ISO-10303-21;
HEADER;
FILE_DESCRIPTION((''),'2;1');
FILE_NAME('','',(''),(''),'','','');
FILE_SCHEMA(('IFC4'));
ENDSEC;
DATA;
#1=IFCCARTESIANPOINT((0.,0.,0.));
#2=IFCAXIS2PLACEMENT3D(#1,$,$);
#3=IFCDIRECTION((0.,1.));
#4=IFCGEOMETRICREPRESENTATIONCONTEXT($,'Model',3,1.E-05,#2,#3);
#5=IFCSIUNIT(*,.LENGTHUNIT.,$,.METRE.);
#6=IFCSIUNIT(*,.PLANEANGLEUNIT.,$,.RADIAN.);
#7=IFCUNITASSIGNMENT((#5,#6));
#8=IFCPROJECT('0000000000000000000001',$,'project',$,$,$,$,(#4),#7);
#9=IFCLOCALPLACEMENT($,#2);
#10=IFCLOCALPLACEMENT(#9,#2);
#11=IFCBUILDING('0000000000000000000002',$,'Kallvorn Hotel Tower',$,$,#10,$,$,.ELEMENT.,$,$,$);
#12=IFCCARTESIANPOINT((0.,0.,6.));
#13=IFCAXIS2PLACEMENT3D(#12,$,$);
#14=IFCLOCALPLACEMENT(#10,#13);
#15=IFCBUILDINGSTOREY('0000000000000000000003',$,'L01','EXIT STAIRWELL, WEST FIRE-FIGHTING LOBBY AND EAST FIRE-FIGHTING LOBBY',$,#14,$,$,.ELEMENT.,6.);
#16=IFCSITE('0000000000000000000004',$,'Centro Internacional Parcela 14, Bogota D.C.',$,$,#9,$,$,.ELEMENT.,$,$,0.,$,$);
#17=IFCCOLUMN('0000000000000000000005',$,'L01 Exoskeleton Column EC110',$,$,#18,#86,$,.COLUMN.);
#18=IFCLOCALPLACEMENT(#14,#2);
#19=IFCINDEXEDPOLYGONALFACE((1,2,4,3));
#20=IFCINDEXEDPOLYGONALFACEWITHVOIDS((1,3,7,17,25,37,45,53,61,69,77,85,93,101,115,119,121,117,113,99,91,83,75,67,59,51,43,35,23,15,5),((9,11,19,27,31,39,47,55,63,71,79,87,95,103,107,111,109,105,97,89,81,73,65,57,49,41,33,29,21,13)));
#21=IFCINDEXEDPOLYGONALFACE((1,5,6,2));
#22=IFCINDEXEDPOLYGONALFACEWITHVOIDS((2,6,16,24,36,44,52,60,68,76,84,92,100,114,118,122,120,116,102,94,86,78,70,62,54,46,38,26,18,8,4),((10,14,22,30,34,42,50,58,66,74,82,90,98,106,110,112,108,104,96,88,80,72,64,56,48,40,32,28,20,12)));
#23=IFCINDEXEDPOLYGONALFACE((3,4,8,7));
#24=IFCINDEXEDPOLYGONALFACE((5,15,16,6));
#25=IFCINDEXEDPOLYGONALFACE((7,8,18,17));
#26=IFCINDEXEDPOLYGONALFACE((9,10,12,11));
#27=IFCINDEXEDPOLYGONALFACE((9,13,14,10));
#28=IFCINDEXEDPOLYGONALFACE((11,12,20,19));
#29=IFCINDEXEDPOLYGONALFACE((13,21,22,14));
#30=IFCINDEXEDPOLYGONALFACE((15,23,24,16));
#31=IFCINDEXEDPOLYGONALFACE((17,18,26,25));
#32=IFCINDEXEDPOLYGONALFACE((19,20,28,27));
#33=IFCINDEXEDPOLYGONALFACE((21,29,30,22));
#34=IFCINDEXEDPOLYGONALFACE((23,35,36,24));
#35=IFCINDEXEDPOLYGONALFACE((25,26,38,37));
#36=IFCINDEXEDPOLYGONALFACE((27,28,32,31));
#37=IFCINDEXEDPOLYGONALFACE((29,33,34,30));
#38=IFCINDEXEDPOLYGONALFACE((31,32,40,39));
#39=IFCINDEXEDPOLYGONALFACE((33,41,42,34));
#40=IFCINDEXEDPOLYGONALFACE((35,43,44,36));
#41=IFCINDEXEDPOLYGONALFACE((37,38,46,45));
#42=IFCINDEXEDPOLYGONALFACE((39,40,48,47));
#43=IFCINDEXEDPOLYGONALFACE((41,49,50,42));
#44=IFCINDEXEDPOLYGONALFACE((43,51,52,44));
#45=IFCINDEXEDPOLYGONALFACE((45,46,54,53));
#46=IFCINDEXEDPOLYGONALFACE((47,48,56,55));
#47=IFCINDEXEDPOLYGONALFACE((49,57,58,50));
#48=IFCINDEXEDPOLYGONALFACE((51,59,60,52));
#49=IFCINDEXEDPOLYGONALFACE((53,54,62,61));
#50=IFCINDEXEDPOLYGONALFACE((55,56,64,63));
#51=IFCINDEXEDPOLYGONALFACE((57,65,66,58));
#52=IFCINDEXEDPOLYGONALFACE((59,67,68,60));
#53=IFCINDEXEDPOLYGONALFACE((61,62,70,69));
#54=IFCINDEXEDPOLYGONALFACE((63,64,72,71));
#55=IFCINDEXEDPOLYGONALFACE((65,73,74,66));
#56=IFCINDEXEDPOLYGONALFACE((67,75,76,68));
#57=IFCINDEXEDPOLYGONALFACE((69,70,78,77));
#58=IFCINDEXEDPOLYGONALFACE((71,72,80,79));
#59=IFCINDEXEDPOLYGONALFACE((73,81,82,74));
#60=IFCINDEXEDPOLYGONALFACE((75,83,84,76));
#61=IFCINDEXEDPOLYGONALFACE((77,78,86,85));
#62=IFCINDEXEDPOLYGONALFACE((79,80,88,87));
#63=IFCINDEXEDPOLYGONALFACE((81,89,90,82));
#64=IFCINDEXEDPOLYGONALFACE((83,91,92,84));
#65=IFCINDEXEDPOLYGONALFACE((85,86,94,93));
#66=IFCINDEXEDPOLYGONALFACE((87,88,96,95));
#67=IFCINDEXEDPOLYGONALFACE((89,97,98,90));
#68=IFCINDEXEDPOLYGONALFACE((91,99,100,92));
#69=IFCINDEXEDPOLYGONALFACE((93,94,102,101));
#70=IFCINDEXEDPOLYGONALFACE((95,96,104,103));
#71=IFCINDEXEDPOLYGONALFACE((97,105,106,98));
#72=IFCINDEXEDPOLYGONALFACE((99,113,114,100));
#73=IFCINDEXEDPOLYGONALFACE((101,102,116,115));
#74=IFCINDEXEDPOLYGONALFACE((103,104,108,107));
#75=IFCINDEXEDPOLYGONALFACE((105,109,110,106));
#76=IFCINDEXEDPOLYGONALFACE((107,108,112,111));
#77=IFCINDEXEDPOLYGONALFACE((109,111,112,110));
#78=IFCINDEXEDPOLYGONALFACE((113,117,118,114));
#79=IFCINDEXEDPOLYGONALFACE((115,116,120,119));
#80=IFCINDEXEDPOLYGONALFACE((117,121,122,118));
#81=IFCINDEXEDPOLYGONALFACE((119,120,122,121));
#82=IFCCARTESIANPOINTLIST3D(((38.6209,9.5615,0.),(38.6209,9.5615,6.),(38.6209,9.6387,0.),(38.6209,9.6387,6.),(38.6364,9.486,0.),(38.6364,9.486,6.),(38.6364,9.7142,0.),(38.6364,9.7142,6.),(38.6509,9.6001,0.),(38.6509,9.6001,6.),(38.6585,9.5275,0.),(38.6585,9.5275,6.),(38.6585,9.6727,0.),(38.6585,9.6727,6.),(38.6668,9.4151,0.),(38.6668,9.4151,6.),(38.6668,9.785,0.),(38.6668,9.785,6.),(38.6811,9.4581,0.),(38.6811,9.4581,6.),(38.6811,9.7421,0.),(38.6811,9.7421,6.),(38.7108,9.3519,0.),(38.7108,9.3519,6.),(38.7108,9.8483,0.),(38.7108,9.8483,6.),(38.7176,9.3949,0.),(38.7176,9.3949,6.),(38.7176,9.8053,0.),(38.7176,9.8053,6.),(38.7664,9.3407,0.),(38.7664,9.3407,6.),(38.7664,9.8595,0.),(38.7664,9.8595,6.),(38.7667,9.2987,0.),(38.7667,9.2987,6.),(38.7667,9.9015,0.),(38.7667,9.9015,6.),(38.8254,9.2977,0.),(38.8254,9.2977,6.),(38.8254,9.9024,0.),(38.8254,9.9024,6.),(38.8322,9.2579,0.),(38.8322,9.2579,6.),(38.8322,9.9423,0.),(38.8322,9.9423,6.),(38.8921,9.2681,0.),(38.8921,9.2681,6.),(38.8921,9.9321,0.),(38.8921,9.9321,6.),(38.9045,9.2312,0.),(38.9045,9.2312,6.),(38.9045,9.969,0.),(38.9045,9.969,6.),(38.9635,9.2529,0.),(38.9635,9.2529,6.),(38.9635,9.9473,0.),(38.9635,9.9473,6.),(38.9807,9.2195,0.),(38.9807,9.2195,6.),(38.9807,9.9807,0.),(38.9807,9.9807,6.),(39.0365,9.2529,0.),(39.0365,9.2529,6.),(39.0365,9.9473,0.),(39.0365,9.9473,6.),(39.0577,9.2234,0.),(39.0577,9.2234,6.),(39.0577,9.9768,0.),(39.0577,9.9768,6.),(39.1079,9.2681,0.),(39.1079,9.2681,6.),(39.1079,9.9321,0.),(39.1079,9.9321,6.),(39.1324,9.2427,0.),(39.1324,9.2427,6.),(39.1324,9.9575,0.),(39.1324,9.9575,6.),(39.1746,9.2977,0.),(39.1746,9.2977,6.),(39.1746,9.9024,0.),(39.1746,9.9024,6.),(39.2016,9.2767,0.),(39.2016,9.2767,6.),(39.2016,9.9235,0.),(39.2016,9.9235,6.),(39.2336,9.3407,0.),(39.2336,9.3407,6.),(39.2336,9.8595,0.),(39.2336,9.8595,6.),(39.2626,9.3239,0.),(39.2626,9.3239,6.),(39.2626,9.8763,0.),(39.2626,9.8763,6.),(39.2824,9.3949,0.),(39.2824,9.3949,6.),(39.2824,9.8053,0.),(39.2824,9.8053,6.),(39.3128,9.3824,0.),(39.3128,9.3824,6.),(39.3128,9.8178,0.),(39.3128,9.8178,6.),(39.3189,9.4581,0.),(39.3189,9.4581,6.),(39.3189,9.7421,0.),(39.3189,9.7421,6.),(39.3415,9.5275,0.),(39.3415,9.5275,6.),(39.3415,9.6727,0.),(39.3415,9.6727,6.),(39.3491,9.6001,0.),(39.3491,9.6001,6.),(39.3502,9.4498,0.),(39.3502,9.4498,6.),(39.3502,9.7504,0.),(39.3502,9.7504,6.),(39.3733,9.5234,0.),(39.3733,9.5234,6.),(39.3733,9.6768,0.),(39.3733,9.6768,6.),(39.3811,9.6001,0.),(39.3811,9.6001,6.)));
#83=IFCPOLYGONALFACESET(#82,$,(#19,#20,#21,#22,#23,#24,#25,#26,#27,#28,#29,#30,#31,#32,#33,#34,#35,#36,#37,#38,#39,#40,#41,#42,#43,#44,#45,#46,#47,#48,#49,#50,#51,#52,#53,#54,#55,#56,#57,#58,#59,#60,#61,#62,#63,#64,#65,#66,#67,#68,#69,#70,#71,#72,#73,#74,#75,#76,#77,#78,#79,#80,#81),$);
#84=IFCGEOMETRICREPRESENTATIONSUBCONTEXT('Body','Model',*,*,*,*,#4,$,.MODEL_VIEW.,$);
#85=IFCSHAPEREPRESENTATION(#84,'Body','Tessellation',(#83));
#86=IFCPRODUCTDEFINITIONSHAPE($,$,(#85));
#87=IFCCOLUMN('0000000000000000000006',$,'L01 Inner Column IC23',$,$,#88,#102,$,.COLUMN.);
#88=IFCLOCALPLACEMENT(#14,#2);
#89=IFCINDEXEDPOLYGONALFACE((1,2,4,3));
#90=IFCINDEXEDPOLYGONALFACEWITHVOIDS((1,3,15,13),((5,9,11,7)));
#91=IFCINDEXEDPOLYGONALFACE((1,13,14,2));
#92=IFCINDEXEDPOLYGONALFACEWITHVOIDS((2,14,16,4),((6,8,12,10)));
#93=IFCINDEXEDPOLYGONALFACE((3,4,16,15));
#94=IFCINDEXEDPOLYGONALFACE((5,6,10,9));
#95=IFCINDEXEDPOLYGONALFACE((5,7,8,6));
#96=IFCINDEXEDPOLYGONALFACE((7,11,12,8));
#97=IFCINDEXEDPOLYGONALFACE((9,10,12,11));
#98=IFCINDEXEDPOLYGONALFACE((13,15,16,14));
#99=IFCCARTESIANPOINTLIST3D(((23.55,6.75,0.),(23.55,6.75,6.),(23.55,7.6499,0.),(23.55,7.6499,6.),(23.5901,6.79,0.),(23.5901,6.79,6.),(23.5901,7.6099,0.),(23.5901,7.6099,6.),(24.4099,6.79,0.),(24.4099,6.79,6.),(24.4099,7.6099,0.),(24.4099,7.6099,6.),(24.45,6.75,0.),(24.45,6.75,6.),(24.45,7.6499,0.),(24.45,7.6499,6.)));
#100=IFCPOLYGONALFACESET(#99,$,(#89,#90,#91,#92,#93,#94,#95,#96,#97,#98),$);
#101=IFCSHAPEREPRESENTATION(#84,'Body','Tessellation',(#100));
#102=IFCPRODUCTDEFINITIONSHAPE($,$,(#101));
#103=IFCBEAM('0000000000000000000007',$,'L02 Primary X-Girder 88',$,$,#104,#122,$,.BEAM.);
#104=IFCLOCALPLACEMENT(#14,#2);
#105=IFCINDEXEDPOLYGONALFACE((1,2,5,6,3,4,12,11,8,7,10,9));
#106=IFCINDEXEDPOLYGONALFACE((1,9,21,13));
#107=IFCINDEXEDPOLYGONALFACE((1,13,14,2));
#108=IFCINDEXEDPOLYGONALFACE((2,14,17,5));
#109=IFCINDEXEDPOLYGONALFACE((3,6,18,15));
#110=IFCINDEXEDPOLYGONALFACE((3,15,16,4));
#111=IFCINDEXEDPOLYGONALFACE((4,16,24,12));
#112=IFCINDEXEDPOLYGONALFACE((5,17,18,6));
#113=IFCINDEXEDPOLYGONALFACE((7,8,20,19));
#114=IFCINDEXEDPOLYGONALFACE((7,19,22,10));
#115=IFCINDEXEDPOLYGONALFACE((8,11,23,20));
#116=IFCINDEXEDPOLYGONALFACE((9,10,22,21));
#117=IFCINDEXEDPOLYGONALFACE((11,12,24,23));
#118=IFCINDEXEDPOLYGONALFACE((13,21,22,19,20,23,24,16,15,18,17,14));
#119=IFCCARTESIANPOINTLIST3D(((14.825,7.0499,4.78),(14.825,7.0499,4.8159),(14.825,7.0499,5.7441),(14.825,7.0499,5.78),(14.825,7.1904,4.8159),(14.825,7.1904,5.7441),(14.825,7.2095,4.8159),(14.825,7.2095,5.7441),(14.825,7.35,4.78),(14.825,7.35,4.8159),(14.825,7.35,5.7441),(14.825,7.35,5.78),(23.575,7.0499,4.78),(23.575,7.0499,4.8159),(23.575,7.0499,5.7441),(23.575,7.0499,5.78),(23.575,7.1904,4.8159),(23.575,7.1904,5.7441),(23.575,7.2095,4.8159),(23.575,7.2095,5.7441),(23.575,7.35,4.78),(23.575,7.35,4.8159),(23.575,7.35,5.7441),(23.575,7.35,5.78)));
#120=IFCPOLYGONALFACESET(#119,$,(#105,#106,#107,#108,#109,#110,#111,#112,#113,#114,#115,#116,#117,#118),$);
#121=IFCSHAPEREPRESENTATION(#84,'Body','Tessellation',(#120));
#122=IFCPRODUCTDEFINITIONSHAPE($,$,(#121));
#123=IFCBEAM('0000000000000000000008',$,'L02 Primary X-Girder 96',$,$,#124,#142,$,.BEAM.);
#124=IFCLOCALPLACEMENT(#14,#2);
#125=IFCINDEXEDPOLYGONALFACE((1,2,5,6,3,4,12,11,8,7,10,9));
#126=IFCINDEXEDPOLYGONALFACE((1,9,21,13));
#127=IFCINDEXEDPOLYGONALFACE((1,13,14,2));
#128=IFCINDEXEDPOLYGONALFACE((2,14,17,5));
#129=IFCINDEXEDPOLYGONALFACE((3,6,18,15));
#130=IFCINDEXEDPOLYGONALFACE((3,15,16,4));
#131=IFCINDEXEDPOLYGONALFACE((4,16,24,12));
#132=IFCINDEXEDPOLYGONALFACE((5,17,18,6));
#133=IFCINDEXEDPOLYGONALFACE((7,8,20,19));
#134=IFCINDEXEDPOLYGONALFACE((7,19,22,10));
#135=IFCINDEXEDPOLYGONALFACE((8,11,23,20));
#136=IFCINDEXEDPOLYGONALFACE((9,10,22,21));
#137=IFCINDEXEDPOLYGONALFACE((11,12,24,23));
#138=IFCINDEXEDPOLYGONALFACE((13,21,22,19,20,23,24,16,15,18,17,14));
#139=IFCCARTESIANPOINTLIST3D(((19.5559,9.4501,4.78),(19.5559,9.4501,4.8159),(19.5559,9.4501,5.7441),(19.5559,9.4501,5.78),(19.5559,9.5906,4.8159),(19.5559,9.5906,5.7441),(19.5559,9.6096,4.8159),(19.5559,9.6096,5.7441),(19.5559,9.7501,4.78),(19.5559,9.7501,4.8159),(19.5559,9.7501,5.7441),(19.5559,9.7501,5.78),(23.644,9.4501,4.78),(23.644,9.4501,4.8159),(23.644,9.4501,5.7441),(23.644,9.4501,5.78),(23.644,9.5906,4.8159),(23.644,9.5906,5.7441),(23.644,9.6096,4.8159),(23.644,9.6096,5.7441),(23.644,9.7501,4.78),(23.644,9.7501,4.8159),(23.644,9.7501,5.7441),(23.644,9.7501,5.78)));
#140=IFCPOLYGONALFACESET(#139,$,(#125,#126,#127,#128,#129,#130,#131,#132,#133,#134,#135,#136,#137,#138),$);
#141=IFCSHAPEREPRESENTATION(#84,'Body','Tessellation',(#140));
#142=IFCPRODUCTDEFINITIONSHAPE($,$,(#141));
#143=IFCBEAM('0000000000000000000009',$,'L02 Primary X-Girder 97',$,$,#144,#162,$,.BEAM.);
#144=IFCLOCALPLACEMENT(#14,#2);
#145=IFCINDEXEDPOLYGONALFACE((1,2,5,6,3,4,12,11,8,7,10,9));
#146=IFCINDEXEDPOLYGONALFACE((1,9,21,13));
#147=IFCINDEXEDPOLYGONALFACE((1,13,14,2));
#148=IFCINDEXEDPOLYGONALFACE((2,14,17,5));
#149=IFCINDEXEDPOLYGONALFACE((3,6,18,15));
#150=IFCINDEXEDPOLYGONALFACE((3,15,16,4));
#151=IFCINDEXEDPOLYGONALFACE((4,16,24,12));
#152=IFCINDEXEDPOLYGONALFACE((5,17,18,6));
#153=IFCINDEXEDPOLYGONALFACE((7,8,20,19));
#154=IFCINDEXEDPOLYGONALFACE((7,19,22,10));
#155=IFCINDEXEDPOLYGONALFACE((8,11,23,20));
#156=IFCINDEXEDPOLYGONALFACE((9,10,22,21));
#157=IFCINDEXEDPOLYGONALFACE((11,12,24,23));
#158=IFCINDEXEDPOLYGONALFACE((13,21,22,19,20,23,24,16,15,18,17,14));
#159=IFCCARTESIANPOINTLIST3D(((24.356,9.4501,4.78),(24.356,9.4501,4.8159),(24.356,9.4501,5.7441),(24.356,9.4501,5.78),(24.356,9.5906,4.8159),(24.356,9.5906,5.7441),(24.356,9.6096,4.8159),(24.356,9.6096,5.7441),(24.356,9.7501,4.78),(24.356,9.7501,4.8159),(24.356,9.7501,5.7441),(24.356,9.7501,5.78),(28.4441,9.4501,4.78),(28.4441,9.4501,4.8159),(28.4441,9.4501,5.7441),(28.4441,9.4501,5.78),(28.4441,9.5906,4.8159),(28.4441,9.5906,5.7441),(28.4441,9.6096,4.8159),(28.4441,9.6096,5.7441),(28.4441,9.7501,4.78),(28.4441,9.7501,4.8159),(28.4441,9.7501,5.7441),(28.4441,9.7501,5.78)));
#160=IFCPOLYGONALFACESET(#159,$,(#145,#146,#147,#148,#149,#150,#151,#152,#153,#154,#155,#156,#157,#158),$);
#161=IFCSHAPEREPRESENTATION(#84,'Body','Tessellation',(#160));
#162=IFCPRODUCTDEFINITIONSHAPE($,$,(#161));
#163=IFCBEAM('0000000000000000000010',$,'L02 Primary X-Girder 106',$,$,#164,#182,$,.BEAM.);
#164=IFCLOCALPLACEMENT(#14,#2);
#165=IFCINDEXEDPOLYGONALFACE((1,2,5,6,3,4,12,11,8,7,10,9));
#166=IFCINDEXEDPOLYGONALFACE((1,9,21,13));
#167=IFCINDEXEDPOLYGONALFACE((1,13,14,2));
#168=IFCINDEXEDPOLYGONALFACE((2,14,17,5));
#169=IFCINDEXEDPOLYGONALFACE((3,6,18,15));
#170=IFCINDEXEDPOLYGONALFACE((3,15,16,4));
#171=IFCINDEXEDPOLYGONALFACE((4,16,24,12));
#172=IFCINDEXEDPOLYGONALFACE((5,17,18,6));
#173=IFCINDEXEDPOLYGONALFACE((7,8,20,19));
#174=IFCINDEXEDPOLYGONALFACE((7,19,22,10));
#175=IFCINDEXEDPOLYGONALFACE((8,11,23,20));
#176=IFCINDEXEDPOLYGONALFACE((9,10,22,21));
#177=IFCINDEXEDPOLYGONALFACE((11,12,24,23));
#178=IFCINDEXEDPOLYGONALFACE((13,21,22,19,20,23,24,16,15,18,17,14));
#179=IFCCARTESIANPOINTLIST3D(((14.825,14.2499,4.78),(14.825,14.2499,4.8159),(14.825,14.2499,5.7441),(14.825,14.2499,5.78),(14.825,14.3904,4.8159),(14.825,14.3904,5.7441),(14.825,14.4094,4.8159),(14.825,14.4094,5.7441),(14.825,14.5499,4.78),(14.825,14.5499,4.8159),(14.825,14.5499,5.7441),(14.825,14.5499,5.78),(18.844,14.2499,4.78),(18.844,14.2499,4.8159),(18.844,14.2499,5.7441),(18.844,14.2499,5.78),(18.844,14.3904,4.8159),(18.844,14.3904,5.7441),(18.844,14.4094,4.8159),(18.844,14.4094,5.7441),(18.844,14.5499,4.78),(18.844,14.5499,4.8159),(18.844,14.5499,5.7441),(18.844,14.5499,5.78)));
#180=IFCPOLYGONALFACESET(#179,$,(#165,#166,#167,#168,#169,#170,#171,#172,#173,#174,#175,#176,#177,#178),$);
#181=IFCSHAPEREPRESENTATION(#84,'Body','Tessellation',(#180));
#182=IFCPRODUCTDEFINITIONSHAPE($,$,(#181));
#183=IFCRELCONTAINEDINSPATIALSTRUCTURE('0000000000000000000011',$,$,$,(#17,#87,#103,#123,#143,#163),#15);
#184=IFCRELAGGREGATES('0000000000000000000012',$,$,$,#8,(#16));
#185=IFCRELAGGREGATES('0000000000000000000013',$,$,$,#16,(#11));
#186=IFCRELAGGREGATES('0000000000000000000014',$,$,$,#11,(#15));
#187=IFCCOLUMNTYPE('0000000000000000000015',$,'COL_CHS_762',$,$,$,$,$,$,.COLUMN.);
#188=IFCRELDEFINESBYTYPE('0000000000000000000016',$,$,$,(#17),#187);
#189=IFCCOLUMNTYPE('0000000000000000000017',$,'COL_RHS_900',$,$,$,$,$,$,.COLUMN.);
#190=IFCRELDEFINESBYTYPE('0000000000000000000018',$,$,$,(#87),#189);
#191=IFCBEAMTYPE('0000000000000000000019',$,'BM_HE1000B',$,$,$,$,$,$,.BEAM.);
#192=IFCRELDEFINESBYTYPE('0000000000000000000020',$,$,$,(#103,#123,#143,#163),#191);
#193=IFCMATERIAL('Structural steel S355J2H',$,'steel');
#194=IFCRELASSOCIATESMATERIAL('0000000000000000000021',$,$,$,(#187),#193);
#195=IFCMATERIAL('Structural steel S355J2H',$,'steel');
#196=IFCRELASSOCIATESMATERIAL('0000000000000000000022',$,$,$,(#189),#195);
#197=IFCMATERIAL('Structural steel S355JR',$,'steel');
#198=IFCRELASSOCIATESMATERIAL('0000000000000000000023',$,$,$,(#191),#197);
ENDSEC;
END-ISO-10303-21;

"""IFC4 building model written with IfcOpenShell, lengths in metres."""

from ifc_helpers import new_model, si_unit, direction, frame, origin, origin_2d, place, context, subcontext, project, spatial, hollow_rectangle, hollow_circle, i_section, extrude, material, material_profile, profile_set, type_object, element, save


model = new_model("IFC4")

# Units and contexts
model_context = context("Model", 3, precision=1e-05, world=origin(), true_north=direction((0.0, 1.0)))
body_context = subcontext(model_context, "Body", "Model", "MODEL_VIEW")
ifc_project = project(units=[si_unit("LENGTHUNIT", "METRE"), si_unit("PLANEANGLEUNIT", "RADIAN")], contexts=[model_context])

# Site, building, storey
site_placement = place(None, origin())
site = spatial("IfcSite", under=ifc_project, at=site_placement, Name="Centro Internacional Parcela 14, Bogota D.C.", CompositionType="ELEMENT", RefElevation=0.0)
building_placement = place(site_placement, origin())
building = spatial("IfcBuilding", under=site, at=building_placement, Name="Kallvorn Hotel Tower", CompositionType="ELEMENT")
storey_placement = place(building_placement, frame((0.0, 0.0, 6.0)))
storey = spatial("IfcBuildingStorey", under=building, at=storey_placement, Name="L01", Description="EXIT STAIRWELL, WEST FIRE-FIGHTING LOBBY AND EAST FIRE-FIGHTING LOBBY", CompositionType="ELEMENT", Elevation=6.0)

# Columns
ifc_material_1 = material(Name="Structural steel S355J2H", Category="steel")
ifc_material_profile_1 = material_profile(ifc_material_1, hollow_circle(Radius=0.3811, WallThickness=0.032, at=origin_2d()), Name="CHS 762x32")
ifc_profile_set_1 = profile_set([ifc_material_profile_1], Name="Structural steel S355J2H")
column_type_1 = type_object("IfcColumnType", Name="COL_CHS_762", PredefinedType="COLUMN", material=ifc_profile_set_1)
for number, where, z_axis, x_axis, name in (
    (1, (39.0, 9.6001, 0.0), (0.0, 0.0, 1.0), (1.0, 0.0, 0.0), "L01 Exoskeleton Column EC110"),
):
    element("IfcColumn", number, at=place(storey_placement, frame(where, z_axis=z_axis, x_axis=x_axis)), inside=storey, type_object=column_type_1, Name=name, PredefinedType="COLUMN", context=body_context, shape_type="SweptSolid", body=[
        extrude(hollow_circle(Radius=0.3811, WallThickness=0.032, at=origin_2d()), origin(), (0.0, 0.0, 1.0), 6.0),
    ])
ifc_material_2 = material(Name="Structural steel S355J2H", Category="steel")
ifc_material_profile_2 = material_profile(ifc_material_2, hollow_rectangle(XDim=0.8999, YDim=0.8999, WallThickness=0.04, at=origin_2d()), Name="RHS 900x900x40")
ifc_profile_set_2 = profile_set([ifc_material_profile_2], Name="Structural steel S355J2H")
column_type_2 = type_object("IfcColumnType", Name="COL_RHS_900", PredefinedType="COLUMN", material=ifc_profile_set_2)
column_placement = place(storey_placement, frame((24.0, 7.2, 0.0), z_axis=(0.0, 0.0, 1.0), x_axis=(1.0, 0.0, 0.0)))
element("IfcColumn", 2, at=column_placement, inside=storey, type_object=column_type_2, Name="L01 Inner Column IC23", PredefinedType="COLUMN", context=body_context, shape_type="SweptSolid", body=[
    extrude(hollow_rectangle(XDim=0.8999, YDim=0.8999, WallThickness=0.04, at=origin_2d()), origin(), (0.0, 0.0, 1.0), 6.0),
])

# Beams
ifc_material_3 = material(Name="Structural steel S355JR", Category="steel")
ifc_material_profile_3 = material_profile(ifc_material_3, i_section(OverallWidth=0.3, OverallDepth=1.0, WebThickness=0.019, FlangeThickness=0.0359, at=origin_2d()), Name="HE 1000 B")
ifc_profile_set_3 = profile_set([ifc_material_profile_3], Name="Structural steel S355JR")
beam_type_1 = type_object("IfcBeamType", Name="BM_HE1000B", PredefinedType="BEAM", material=ifc_profile_set_3)
beam_1_placement = place(storey_placement, frame((14.825, 7.2, 5.28), z_axis=(1.0, 0.0, 0.0), x_axis=(0.0, 1.0, 0.0)))
element("IfcBeam", 3, at=beam_1_placement, inside=storey, type_object=beam_type_1, Name="L02 Primary X-Girder 88", PredefinedType="BEAM", context=body_context, shape_type="SweptSolid", body=[
    extrude(i_section(OverallWidth=0.3, OverallDepth=1.0, WebThickness=0.019, FlangeThickness=0.0359, at=origin_2d()), origin(), (0.0, 0.0, 1.0), 8.75),
])
for number, where, z_axis, x_axis, name in (
    (4, (19.5559, 9.6001, 5.28), (1.0, 0.0, 0.0), (0.0, 1.0, 0.0), "L02 Primary X-Girder 96"),
    (5, (24.356, 9.6001, 5.28), (1.0, 0.0, 0.0), (0.0, 1.0, 0.0), "L02 Primary X-Girder 97"),
):
    element("IfcBeam", number, at=place(storey_placement, frame(where, z_axis=z_axis, x_axis=x_axis)), inside=storey, type_object=beam_type_1, Name=name, PredefinedType="BEAM", context=body_context, shape_type="SweptSolid", body=[
        extrude(i_section(OverallWidth=0.3, OverallDepth=1.0, WebThickness=0.019, FlangeThickness=0.0359, at=origin_2d()), origin(), (0.0, 0.0, 1.0), 4.0881),
    ])
for number, where, z_axis, x_axis, name in (
    (6, (14.825, 14.3999, 5.28), (1.0, 0.0, 0.0), (0.0, 1.0, 0.0), "L02 Primary X-Girder 106"),
):
    element("IfcBeam", number, at=place(storey_placement, frame(where, z_axis=z_axis, x_axis=x_axis)), inside=storey, type_object=beam_type_1, Name=name, PredefinedType="BEAM", context=body_context, shape_type="SweptSolid", body=[
        extrude(i_section(OverallWidth=0.3, OverallDepth=1.0, WebThickness=0.019, FlangeThickness=0.0359, at=origin_2d()), origin(), (0.0, 0.0, 1.0), 4.019),
    ])

save(model, "model.ifc")
